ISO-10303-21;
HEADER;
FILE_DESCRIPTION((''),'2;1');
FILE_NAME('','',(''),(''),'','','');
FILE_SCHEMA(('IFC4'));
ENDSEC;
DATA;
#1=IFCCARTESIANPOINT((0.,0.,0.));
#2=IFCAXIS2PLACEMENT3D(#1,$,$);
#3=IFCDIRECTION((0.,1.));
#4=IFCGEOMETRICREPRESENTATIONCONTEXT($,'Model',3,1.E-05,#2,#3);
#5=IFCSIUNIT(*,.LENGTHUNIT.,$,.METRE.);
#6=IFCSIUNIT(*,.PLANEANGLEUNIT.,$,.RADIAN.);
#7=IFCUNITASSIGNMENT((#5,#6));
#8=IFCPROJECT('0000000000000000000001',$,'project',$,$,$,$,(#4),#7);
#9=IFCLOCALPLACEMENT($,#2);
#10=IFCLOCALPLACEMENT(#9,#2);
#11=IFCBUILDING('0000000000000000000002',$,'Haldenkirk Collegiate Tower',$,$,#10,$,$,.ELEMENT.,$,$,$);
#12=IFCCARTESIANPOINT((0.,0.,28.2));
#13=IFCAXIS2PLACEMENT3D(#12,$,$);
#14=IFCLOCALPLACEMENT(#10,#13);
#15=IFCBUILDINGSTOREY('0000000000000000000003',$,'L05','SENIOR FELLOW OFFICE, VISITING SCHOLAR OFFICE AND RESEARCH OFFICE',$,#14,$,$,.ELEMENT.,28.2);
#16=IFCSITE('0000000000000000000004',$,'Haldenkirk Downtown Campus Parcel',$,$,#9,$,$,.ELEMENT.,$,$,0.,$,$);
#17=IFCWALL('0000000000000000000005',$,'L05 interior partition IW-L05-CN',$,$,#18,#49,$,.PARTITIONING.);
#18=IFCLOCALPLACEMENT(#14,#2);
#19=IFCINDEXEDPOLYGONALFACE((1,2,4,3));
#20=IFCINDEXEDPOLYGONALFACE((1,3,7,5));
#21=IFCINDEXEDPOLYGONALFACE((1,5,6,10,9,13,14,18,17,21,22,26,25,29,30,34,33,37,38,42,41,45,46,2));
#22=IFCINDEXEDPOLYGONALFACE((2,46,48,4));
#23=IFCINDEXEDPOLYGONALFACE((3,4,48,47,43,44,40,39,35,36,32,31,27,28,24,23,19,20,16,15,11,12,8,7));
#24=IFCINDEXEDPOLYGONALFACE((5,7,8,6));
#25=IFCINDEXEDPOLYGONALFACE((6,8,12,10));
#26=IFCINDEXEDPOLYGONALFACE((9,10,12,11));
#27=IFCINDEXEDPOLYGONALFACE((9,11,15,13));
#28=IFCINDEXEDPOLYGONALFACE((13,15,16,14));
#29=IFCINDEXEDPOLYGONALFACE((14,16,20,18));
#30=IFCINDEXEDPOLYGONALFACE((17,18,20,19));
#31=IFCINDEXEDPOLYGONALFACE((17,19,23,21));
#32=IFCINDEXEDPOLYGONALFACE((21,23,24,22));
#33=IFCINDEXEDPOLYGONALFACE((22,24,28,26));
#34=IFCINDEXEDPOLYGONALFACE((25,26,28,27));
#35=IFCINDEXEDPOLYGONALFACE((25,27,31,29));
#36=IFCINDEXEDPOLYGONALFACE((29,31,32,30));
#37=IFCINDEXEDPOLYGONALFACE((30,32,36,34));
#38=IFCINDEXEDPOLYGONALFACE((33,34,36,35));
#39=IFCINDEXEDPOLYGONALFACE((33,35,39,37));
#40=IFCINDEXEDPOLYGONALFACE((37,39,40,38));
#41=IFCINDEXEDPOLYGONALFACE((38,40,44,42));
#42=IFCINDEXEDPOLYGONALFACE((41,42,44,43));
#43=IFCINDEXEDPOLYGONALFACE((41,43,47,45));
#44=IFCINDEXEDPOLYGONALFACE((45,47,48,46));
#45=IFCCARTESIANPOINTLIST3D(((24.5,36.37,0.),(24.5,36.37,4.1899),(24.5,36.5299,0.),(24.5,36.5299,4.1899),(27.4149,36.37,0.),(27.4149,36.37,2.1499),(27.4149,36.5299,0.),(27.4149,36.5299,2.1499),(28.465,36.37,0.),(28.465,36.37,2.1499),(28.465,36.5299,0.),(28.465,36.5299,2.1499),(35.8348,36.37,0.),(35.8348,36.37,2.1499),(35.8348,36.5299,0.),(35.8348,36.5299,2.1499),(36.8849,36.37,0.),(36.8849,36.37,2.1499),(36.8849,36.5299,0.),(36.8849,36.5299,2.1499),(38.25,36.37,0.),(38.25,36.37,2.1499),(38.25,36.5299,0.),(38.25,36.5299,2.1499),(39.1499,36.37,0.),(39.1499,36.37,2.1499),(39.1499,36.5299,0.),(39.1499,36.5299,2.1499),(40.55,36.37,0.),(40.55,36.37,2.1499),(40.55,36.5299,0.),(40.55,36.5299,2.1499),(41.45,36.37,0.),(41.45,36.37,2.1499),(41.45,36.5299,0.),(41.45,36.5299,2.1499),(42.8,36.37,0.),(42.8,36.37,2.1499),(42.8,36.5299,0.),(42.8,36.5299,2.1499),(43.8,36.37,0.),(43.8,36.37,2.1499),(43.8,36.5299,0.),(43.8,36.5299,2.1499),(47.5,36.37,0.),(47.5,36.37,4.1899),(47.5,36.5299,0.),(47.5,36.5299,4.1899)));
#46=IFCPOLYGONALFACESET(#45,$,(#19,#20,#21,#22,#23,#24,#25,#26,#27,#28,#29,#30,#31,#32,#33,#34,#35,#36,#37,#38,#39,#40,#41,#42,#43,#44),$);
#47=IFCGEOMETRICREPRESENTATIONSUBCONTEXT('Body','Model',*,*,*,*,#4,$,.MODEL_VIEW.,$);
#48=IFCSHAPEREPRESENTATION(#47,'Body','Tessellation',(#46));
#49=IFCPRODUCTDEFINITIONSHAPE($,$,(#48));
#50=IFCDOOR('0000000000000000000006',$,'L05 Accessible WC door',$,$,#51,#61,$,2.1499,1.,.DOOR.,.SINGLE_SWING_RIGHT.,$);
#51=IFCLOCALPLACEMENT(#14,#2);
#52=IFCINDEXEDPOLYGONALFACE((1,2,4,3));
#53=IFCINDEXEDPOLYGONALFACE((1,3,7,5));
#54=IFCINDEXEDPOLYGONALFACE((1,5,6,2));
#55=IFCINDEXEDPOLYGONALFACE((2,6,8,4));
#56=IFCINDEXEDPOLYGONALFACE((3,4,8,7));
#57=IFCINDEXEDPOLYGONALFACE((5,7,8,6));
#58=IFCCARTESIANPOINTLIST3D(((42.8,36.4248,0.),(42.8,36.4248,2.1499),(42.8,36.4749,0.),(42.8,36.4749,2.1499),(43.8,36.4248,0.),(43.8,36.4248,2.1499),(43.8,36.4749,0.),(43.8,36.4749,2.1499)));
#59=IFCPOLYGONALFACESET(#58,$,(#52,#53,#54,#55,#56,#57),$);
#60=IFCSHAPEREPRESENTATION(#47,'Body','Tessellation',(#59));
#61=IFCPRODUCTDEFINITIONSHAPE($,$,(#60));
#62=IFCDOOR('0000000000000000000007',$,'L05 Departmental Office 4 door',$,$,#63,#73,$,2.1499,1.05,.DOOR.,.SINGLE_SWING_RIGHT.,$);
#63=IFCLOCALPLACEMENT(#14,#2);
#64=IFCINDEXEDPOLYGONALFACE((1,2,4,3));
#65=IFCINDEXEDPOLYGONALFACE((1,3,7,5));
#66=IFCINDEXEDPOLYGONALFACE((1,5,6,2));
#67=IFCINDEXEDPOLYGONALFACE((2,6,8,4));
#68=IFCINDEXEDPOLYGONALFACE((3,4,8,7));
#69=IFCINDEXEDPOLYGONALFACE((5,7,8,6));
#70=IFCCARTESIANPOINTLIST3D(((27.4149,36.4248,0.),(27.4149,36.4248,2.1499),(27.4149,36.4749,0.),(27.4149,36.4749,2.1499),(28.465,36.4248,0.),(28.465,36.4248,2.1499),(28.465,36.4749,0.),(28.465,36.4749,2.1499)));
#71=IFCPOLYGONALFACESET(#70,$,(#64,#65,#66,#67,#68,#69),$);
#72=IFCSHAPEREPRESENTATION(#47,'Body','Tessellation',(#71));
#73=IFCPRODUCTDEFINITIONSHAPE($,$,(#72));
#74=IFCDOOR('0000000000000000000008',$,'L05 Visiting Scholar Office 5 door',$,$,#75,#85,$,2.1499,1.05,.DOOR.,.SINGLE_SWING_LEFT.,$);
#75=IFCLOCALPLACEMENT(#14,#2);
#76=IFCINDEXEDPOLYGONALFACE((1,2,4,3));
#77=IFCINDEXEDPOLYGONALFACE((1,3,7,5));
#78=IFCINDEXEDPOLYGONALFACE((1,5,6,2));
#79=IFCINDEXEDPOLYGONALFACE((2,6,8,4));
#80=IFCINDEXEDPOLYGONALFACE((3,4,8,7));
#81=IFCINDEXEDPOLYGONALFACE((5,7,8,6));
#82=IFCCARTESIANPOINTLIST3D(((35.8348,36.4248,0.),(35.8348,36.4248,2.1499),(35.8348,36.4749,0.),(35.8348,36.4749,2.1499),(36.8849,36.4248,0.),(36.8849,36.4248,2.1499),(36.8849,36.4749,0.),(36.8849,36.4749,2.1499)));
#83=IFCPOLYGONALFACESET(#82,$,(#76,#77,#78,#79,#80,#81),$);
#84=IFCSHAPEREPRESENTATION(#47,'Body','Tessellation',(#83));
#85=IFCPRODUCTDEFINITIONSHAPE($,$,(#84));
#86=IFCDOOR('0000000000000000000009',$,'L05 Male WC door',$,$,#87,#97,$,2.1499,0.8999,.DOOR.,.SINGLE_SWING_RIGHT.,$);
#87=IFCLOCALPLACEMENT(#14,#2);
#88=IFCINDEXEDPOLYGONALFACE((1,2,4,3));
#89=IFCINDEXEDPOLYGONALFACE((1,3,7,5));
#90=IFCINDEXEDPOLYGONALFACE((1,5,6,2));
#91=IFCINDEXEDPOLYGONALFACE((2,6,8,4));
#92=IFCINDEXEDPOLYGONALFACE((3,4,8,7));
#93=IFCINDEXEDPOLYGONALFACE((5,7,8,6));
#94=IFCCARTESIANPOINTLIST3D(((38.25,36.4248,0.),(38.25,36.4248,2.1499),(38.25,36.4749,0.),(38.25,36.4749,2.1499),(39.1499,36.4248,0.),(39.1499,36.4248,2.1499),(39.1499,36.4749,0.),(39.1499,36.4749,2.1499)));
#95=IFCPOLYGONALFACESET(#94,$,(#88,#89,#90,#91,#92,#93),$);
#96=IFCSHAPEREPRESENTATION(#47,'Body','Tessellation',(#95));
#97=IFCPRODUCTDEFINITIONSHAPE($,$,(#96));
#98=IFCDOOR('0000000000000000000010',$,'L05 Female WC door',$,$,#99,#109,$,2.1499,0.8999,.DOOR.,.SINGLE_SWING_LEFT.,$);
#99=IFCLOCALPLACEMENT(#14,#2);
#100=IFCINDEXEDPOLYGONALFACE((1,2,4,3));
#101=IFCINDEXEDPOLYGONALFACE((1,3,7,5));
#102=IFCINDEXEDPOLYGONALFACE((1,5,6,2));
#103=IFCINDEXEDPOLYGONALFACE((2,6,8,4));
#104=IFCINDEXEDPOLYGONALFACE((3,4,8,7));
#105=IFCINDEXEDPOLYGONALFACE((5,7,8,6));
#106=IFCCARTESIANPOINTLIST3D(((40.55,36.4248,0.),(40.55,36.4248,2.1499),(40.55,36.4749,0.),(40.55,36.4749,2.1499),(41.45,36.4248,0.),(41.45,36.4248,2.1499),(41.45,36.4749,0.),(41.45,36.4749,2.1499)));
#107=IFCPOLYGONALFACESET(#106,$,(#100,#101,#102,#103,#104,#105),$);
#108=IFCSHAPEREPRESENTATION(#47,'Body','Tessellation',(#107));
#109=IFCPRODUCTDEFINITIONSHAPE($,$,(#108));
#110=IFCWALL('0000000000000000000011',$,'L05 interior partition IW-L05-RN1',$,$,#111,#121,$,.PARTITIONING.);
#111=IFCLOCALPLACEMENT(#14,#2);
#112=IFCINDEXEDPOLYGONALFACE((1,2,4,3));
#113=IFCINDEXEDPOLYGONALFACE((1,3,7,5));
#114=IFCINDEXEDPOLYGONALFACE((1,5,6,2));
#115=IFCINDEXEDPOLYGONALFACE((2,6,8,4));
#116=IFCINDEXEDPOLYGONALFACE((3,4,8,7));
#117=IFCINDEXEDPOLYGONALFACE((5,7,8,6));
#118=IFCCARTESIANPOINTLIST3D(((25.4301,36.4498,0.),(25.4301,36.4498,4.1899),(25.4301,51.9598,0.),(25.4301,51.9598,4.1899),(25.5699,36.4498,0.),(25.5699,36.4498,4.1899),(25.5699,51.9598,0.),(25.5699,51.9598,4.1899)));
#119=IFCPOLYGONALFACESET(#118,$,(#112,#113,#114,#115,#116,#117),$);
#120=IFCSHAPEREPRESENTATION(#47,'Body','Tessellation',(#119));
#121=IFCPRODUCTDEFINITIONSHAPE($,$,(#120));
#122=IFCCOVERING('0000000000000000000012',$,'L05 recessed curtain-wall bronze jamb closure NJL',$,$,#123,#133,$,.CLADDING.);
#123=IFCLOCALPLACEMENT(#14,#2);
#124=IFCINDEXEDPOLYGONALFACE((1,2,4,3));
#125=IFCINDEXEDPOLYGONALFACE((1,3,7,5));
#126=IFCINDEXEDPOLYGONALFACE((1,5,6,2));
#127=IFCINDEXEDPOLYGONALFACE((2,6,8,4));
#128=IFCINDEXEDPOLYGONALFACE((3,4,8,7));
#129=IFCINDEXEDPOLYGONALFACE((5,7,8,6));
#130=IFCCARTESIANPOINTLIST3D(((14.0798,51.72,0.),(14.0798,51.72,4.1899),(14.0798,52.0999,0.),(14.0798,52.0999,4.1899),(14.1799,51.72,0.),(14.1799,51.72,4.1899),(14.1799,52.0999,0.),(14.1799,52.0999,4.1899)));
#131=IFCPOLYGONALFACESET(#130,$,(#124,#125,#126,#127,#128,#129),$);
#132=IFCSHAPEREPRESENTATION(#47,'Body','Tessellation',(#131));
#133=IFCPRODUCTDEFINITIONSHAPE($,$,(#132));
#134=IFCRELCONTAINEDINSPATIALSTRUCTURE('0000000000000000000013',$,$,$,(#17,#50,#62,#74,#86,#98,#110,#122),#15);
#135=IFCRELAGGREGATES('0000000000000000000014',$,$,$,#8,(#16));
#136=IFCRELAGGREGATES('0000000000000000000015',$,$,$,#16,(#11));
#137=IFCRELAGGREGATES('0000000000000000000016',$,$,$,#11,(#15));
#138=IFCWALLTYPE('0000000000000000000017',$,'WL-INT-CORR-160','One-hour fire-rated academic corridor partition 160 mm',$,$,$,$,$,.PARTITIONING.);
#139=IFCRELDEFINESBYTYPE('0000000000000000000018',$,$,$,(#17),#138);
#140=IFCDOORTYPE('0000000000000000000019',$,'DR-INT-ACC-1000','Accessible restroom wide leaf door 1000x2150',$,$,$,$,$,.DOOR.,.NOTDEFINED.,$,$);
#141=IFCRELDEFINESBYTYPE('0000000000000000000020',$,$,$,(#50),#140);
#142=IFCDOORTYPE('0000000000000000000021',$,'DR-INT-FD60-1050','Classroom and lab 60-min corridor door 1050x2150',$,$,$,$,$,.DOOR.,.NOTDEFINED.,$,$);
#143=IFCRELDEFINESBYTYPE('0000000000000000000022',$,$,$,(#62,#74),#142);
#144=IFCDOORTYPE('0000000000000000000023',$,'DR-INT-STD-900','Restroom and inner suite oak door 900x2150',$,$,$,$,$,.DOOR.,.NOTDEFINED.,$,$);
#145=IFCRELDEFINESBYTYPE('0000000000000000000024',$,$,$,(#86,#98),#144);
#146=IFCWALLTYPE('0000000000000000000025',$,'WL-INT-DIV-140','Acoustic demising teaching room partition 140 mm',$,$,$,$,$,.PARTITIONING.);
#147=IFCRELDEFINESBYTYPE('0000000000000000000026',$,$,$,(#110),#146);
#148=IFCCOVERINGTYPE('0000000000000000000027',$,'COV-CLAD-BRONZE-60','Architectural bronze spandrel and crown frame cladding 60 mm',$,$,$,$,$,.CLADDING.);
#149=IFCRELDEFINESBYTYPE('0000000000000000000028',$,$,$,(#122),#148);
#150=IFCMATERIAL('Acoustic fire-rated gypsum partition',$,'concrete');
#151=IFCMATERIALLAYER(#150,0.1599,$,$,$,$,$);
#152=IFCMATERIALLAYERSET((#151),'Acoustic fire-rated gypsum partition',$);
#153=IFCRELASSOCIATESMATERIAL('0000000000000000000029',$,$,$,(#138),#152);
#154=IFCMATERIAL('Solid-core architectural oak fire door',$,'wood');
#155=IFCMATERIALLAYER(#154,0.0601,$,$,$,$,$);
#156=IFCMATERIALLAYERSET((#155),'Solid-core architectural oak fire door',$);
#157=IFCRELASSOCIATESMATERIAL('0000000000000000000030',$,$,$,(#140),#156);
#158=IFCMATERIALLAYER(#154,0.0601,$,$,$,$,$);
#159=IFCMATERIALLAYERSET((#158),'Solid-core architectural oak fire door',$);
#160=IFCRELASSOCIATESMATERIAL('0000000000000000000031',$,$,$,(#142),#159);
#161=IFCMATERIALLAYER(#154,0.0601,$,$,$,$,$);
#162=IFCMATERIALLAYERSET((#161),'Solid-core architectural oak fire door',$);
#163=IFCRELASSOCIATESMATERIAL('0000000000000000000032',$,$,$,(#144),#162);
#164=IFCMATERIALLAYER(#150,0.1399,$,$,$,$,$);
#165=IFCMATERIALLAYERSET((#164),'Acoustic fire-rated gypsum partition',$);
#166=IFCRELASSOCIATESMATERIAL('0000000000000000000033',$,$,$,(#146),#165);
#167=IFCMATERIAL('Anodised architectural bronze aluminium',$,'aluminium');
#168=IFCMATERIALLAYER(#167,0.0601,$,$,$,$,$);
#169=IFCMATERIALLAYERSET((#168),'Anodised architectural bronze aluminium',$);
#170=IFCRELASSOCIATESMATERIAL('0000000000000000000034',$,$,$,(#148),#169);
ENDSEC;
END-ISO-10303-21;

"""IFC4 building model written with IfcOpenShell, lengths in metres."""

from ifc_helpers import new_model, si_unit, direction, frame, frame_2d, origin, origin_2d, place, context, subcontext, project, spatial, rectangle, extrude, source, transform, mapped, material, layer, layer_set, type_object, element, fill, save


model = new_model("IFC4")

# Units and contexts
model_context = context("Model", 3, precision=1e-05, world=origin(), true_north=direction((0.0, 1.0)))
body_context = subcontext(model_context, "Body", "Model", "MODEL_VIEW")
ifc_project = project(units=[si_unit("LENGTHUNIT", "METRE"), si_unit("PLANEANGLEUNIT", "RADIAN")], contexts=[model_context])

# Site, building, storey
site_placement = place(None, origin())
site = spatial("IfcSite", under=ifc_project, at=site_placement, Name="Haldenkirk Downtown Campus Parcel", CompositionType="ELEMENT", RefElevation=0.0)
building_placement = place(site_placement, origin())
building = spatial("IfcBuilding", under=site, at=building_placement, Name="Haldenkirk Collegiate Tower", CompositionType="ELEMENT")
storey_placement = place(building_placement, frame((0.0, 0.0, 28.2)))
storey = spatial("IfcBuildingStorey", under=building, at=storey_placement, Name="L05", Description="SENIOR FELLOW OFFICE, VISITING SCHOLAR OFFICE AND RESEARCH OFFICE", CompositionType="ELEMENT", Elevation=28.2)

# Shared definitions
ifc_material_1 = material(Name="Anodised architectural bronze aluminium", Category="aluminium")

# Wall, openings, doors
ifc_material_2 = material(Name="Acoustic fire-rated gypsum partition", Category="concrete")
ifc_layer_1 = layer(ifc_material_2, 0.1599)
ifc_layer_set_1 = layer_set([ifc_layer_1], Name="Acoustic fire-rated gypsum partition")
wall_type_1 = type_object("IfcWallType", Name="WL-INT-CORR-160", Description="One-hour fire-rated academic corridor partition 160 mm", PredefinedType="PARTITIONING", material=ifc_layer_set_1)
wall_1_placement = place(storey_placement, frame((24.5, 36.45, 0.0), z_axis=(0.0, 0.0, 1.0), x_axis=(1.0, 0.0, 0.0)))
wall_1 = element("IfcWall", 1, at=wall_1_placement, inside=storey, type_object=wall_type_1, Name="L05 interior partition IW-L05-CN", PredefinedType="PARTITIONING", context=body_context, shape_type="SweptSolid", body=[
    extrude(rectangle(XDim=23.0, YDim=0.1599, at=frame_2d((11.5, 0.0))), origin(), (0.0, 0.0, 1.0), 4.1899),
])
opening_1_placement = place(wall_1_placement, frame((13.75, 0.0, 0.0)))
opening_1 = element("IfcOpeningElement", 2, at=opening_1_placement, cuts=wall_1, PredefinedType="OPENING", context=body_context, shape_type="SweptSolid", body=[
    extrude(rectangle(XDim=0.8999, YDim=2.1499, at=frame_2d((0.45, 1.075))), frame((0.0, 0.0898, 0.0), z_axis=(0.0, -1.0, 0.0), x_axis=(1.0, 0.0, 0.0)), (0.0, 0.0, 1.0), 0.1799),
])
opening_2_placement = place(wall_1_placement, frame((16.05, 0.0, 0.0)))
opening_2 = element("IfcOpeningElement", 3, at=opening_2_placement, cuts=wall_1, PredefinedType="OPENING", context=body_context, shape_type="SweptSolid", body=[
    extrude(rectangle(XDim=0.8999, YDim=2.1499, at=frame_2d((0.45, 1.075))), frame((0.0, 0.0898, 0.0), z_axis=(0.0, -1.0, 0.0), x_axis=(1.0, 0.0, 0.0)), (0.0, 0.0, 1.0), 0.1799),
])
opening_3_placement = place(wall_1_placement, frame((18.3, 0.0, 0.0)))
opening_3 = element("IfcOpeningElement", 4, at=opening_3_placement, cuts=wall_1, PredefinedType="OPENING", context=body_context, shape_type="SweptSolid", body=[
    extrude(rectangle(XDim=1.0, YDim=2.1499, at=frame_2d((0.5, 1.075))), frame((0.0, 0.0898, 0.0), z_axis=(0.0, -1.0, 0.0), x_axis=(1.0, 0.0, 0.0)), (0.0, 0.0, 1.0), 0.1799),
])
opening_4_placement = place(wall_1_placement, frame((2.915, 0.0, 0.0)))
opening_4 = element("IfcOpeningElement", 5, at=opening_4_placement, cuts=wall_1, PredefinedType="OPENING", context=body_context, shape_type="SweptSolid", body=[
    extrude(rectangle(XDim=1.05, YDim=2.1499, at=frame_2d((0.5249, 1.075))), frame((0.0, 0.0898, 0.0), z_axis=(0.0, -1.0, 0.0), x_axis=(1.0, 0.0, 0.0)), (0.0, 0.0, 1.0), 0.1799),
])
opening_5_placement = place(wall_1_placement, frame((11.335, 0.0, 0.0)))
opening_5 = element("IfcOpeningElement", 6, at=opening_5_placement, cuts=wall_1, PredefinedType="OPENING", context=body_context, shape_type="SweptSolid", body=[
    extrude(rectangle(XDim=1.05, YDim=2.1499, at=frame_2d((0.5249, 1.075))), frame((0.0, 0.0898, 0.0), z_axis=(0.0, -1.0, 0.0), x_axis=(1.0, 0.0, 0.0)), (0.0, 0.0, 1.0), 0.1799),
])
ifc_material_3 = material(Name="Solid-core architectural oak fire door", Category="wood")
ifc_layer_2 = layer(ifc_material_3, 0.0601)
ifc_layer_set_2 = layer_set([ifc_layer_2], Name="Solid-core architectural oak fire door")
door_type_1 = type_object("IfcDoorType", Name="DR-INT-ACC-1000", Description="Accessible restroom wide leaf door 1000x2150", OperationType="NOTDEFINED", PredefinedType="DOOR", material=ifc_layer_set_2)
door_1_placement = place(opening_3_placement, origin())
door_1 = element("IfcDoor", 7, at=door_1_placement, inside=storey, type_object=door_type_1, Name="L05 Accessible WC door", OperationType="SINGLE_SWING_RIGHT", OverallHeight=2.1499, OverallWidth=1.0, PredefinedType="DOOR", context=body_context, shape_type="SweptSolid", body=[
    extrude(rectangle(XDim=1.0, YDim=2.1499, at=frame_2d((0.5, 1.075))), frame((0.0, 0.0249, 0.0), z_axis=(0.0, -1.0, 0.0), x_axis=(1.0, 0.0, 0.0)), (0.0, 0.0, 1.0), 0.05),
])
fill(opening_3, door_1)
ifc_layer_3 = layer(ifc_material_3, 0.0601)
ifc_layer_set_3 = layer_set([ifc_layer_3], Name="Solid-core architectural oak fire door")
door_type_2 = type_object("IfcDoorType", Name="DR-INT-FD60-1050", Description="Classroom and lab 60-min corridor door 1050x2150", OperationType="NOTDEFINED", PredefinedType="DOOR", material=ifc_layer_set_3)
door_2_placement = place(opening_4_placement, origin())
door_2 = element("IfcDoor", 8, at=door_2_placement, inside=storey, type_object=door_type_2, Name="L05 Departmental Office 4 door", OperationType="SINGLE_SWING_RIGHT", OverallHeight=2.1499, OverallWidth=1.05, PredefinedType="DOOR", context=body_context, shape_type="SweptSolid", body=[
    extrude(rectangle(XDim=1.05, YDim=2.1499, at=frame_2d((0.5249, 1.075))), frame((0.0, 0.0249, 0.0), z_axis=(0.0, -1.0, 0.0), x_axis=(1.0, 0.0, 0.0)), (0.0, 0.0, 1.0), 0.05),
])
fill(opening_4, door_2)
door_3_placement = place(opening_5_placement, origin())
door_3 = element("IfcDoor", 9, at=door_3_placement, inside=storey, type_object=door_type_2, Name="L05 Visiting Scholar Office 5 door", OperationType="SINGLE_SWING_LEFT", OverallHeight=2.1499, OverallWidth=1.05, PredefinedType="DOOR", context=body_context, shape_type="SweptSolid", body=[
    extrude(rectangle(XDim=1.05, YDim=2.1499, at=frame_2d((0.5249, 1.075))), frame((0.0, 0.0249, 0.0), z_axis=(0.0, -1.0, 0.0), x_axis=(1.0, 0.0, 0.0)), (0.0, 0.0, 1.0), 0.05),
])
fill(opening_5, door_3)
ifc_layer_4 = layer(ifc_material_3, 0.0601)
ifc_layer_set_4 = layer_set([ifc_layer_4], Name="Solid-core architectural oak fire door")
door_type_3 = type_object("IfcDoorType", Name="DR-INT-STD-900", Description="Restroom and inner suite oak door 900x2150", OperationType="NOTDEFINED", PredefinedType="DOOR", material=ifc_layer_set_4)
door_4_placement = place(opening_1_placement, origin())
door_4 = element("IfcDoor", 10, at=door_4_placement, inside=storey, type_object=door_type_3, Name="L05 Male WC door", OperationType="SINGLE_SWING_RIGHT", OverallHeight=2.1499, OverallWidth=0.8999, PredefinedType="DOOR", context=body_context, shape_type="SweptSolid", body=[
    extrude(rectangle(XDim=0.8999, YDim=2.1499, at=frame_2d((0.45, 1.075))), frame((0.0, 0.0249, 0.0), z_axis=(0.0, -1.0, 0.0), x_axis=(1.0, 0.0, 0.0)), (0.0, 0.0, 1.0), 0.05),
])
fill(opening_1, door_4)
door_5_placement = place(opening_2_placement, origin())
door_5 = element("IfcDoor", 11, at=door_5_placement, inside=storey, type_object=door_type_3, Name="L05 Female WC door", OperationType="SINGLE_SWING_LEFT", OverallHeight=2.1499, OverallWidth=0.8999, PredefinedType="DOOR", context=body_context, shape_type="SweptSolid", body=[
    extrude(rectangle(XDim=0.8999, YDim=2.1499, at=frame_2d((0.45, 1.075))), frame((0.0, 0.0249, 0.0), z_axis=(0.0, -1.0, 0.0), x_axis=(1.0, 0.0, 0.0)), (0.0, 0.0, 1.0), 0.05),
])
fill(opening_2, door_5)

# Wall
ifc_layer_5 = layer(ifc_material_2, 0.1399)
ifc_layer_set_5 = layer_set([ifc_layer_5], Name="Acoustic fire-rated gypsum partition")
wall_type_2 = type_object("IfcWallType", Name="WL-INT-DIV-140", Description="Acoustic demising teaching room partition 140 mm", PredefinedType="PARTITIONING", material=ifc_layer_set_5)
wall_2_placement = place(storey_placement, frame((25.5, 36.45, 0.0), z_axis=(0.0, 0.0, 1.0), x_axis=(0.0, 1.0, 0.0)))
element("IfcWall", 12, at=wall_2_placement, inside=storey, type_object=wall_type_2, Name="L05 interior partition IW-L05-RN1", PredefinedType="PARTITIONING", context=body_context, shape_type="SweptSolid", body=[
    extrude(rectangle(XDim=15.51, YDim=0.1399, at=frame_2d((7.7549, 0.0))), origin(), (0.0, 0.0, 1.0), 4.1899),
])

# Covering
ifc_layer_6 = layer(ifc_material_1, 0.0601)
ifc_layer_set_6 = layer_set([ifc_layer_6], Name="Anodised architectural bronze aluminium")
covering_type = type_object("IfcCoveringType", Name="COV-CLAD-BRONZE-60", Description="Architectural bronze spandrel and crown frame cladding 60 mm", PredefinedType="CLADDING", material=ifc_layer_set_6)
shared_shape_1 = source(origin(), body_context, "Body", "SweptSolid", [
    extrude(rectangle(XDim=0.1001, YDim=0.3799, at=origin_2d()), origin(), (0.0, 0.0, 1.0), 4.1899),
])
covering_placement = place(storey_placement, frame((14.1299, 51.9099, 0.0), z_axis=(0.0, 0.0, 1.0), x_axis=(1.0, 0.0, 0.0)))
element("IfcCovering", 13, at=covering_placement, inside=storey, type_object=covering_type, Name="L05 recessed curtain-wall bronze jamb closure NJL", PredefinedType="CLADDING", context=body_context, shape_type="MappedRepresentation", body=[
    mapped(shared_shape_1, transform((0.0, 0.0, 0.0), x_axis=(1.0, 0.0, 0.0), y_axis=(0.0, 1.0, 0.0), z_axis=(0.0, 0.0, 1.0), scale=1.0)),
])

save(model, "model.ifc")
